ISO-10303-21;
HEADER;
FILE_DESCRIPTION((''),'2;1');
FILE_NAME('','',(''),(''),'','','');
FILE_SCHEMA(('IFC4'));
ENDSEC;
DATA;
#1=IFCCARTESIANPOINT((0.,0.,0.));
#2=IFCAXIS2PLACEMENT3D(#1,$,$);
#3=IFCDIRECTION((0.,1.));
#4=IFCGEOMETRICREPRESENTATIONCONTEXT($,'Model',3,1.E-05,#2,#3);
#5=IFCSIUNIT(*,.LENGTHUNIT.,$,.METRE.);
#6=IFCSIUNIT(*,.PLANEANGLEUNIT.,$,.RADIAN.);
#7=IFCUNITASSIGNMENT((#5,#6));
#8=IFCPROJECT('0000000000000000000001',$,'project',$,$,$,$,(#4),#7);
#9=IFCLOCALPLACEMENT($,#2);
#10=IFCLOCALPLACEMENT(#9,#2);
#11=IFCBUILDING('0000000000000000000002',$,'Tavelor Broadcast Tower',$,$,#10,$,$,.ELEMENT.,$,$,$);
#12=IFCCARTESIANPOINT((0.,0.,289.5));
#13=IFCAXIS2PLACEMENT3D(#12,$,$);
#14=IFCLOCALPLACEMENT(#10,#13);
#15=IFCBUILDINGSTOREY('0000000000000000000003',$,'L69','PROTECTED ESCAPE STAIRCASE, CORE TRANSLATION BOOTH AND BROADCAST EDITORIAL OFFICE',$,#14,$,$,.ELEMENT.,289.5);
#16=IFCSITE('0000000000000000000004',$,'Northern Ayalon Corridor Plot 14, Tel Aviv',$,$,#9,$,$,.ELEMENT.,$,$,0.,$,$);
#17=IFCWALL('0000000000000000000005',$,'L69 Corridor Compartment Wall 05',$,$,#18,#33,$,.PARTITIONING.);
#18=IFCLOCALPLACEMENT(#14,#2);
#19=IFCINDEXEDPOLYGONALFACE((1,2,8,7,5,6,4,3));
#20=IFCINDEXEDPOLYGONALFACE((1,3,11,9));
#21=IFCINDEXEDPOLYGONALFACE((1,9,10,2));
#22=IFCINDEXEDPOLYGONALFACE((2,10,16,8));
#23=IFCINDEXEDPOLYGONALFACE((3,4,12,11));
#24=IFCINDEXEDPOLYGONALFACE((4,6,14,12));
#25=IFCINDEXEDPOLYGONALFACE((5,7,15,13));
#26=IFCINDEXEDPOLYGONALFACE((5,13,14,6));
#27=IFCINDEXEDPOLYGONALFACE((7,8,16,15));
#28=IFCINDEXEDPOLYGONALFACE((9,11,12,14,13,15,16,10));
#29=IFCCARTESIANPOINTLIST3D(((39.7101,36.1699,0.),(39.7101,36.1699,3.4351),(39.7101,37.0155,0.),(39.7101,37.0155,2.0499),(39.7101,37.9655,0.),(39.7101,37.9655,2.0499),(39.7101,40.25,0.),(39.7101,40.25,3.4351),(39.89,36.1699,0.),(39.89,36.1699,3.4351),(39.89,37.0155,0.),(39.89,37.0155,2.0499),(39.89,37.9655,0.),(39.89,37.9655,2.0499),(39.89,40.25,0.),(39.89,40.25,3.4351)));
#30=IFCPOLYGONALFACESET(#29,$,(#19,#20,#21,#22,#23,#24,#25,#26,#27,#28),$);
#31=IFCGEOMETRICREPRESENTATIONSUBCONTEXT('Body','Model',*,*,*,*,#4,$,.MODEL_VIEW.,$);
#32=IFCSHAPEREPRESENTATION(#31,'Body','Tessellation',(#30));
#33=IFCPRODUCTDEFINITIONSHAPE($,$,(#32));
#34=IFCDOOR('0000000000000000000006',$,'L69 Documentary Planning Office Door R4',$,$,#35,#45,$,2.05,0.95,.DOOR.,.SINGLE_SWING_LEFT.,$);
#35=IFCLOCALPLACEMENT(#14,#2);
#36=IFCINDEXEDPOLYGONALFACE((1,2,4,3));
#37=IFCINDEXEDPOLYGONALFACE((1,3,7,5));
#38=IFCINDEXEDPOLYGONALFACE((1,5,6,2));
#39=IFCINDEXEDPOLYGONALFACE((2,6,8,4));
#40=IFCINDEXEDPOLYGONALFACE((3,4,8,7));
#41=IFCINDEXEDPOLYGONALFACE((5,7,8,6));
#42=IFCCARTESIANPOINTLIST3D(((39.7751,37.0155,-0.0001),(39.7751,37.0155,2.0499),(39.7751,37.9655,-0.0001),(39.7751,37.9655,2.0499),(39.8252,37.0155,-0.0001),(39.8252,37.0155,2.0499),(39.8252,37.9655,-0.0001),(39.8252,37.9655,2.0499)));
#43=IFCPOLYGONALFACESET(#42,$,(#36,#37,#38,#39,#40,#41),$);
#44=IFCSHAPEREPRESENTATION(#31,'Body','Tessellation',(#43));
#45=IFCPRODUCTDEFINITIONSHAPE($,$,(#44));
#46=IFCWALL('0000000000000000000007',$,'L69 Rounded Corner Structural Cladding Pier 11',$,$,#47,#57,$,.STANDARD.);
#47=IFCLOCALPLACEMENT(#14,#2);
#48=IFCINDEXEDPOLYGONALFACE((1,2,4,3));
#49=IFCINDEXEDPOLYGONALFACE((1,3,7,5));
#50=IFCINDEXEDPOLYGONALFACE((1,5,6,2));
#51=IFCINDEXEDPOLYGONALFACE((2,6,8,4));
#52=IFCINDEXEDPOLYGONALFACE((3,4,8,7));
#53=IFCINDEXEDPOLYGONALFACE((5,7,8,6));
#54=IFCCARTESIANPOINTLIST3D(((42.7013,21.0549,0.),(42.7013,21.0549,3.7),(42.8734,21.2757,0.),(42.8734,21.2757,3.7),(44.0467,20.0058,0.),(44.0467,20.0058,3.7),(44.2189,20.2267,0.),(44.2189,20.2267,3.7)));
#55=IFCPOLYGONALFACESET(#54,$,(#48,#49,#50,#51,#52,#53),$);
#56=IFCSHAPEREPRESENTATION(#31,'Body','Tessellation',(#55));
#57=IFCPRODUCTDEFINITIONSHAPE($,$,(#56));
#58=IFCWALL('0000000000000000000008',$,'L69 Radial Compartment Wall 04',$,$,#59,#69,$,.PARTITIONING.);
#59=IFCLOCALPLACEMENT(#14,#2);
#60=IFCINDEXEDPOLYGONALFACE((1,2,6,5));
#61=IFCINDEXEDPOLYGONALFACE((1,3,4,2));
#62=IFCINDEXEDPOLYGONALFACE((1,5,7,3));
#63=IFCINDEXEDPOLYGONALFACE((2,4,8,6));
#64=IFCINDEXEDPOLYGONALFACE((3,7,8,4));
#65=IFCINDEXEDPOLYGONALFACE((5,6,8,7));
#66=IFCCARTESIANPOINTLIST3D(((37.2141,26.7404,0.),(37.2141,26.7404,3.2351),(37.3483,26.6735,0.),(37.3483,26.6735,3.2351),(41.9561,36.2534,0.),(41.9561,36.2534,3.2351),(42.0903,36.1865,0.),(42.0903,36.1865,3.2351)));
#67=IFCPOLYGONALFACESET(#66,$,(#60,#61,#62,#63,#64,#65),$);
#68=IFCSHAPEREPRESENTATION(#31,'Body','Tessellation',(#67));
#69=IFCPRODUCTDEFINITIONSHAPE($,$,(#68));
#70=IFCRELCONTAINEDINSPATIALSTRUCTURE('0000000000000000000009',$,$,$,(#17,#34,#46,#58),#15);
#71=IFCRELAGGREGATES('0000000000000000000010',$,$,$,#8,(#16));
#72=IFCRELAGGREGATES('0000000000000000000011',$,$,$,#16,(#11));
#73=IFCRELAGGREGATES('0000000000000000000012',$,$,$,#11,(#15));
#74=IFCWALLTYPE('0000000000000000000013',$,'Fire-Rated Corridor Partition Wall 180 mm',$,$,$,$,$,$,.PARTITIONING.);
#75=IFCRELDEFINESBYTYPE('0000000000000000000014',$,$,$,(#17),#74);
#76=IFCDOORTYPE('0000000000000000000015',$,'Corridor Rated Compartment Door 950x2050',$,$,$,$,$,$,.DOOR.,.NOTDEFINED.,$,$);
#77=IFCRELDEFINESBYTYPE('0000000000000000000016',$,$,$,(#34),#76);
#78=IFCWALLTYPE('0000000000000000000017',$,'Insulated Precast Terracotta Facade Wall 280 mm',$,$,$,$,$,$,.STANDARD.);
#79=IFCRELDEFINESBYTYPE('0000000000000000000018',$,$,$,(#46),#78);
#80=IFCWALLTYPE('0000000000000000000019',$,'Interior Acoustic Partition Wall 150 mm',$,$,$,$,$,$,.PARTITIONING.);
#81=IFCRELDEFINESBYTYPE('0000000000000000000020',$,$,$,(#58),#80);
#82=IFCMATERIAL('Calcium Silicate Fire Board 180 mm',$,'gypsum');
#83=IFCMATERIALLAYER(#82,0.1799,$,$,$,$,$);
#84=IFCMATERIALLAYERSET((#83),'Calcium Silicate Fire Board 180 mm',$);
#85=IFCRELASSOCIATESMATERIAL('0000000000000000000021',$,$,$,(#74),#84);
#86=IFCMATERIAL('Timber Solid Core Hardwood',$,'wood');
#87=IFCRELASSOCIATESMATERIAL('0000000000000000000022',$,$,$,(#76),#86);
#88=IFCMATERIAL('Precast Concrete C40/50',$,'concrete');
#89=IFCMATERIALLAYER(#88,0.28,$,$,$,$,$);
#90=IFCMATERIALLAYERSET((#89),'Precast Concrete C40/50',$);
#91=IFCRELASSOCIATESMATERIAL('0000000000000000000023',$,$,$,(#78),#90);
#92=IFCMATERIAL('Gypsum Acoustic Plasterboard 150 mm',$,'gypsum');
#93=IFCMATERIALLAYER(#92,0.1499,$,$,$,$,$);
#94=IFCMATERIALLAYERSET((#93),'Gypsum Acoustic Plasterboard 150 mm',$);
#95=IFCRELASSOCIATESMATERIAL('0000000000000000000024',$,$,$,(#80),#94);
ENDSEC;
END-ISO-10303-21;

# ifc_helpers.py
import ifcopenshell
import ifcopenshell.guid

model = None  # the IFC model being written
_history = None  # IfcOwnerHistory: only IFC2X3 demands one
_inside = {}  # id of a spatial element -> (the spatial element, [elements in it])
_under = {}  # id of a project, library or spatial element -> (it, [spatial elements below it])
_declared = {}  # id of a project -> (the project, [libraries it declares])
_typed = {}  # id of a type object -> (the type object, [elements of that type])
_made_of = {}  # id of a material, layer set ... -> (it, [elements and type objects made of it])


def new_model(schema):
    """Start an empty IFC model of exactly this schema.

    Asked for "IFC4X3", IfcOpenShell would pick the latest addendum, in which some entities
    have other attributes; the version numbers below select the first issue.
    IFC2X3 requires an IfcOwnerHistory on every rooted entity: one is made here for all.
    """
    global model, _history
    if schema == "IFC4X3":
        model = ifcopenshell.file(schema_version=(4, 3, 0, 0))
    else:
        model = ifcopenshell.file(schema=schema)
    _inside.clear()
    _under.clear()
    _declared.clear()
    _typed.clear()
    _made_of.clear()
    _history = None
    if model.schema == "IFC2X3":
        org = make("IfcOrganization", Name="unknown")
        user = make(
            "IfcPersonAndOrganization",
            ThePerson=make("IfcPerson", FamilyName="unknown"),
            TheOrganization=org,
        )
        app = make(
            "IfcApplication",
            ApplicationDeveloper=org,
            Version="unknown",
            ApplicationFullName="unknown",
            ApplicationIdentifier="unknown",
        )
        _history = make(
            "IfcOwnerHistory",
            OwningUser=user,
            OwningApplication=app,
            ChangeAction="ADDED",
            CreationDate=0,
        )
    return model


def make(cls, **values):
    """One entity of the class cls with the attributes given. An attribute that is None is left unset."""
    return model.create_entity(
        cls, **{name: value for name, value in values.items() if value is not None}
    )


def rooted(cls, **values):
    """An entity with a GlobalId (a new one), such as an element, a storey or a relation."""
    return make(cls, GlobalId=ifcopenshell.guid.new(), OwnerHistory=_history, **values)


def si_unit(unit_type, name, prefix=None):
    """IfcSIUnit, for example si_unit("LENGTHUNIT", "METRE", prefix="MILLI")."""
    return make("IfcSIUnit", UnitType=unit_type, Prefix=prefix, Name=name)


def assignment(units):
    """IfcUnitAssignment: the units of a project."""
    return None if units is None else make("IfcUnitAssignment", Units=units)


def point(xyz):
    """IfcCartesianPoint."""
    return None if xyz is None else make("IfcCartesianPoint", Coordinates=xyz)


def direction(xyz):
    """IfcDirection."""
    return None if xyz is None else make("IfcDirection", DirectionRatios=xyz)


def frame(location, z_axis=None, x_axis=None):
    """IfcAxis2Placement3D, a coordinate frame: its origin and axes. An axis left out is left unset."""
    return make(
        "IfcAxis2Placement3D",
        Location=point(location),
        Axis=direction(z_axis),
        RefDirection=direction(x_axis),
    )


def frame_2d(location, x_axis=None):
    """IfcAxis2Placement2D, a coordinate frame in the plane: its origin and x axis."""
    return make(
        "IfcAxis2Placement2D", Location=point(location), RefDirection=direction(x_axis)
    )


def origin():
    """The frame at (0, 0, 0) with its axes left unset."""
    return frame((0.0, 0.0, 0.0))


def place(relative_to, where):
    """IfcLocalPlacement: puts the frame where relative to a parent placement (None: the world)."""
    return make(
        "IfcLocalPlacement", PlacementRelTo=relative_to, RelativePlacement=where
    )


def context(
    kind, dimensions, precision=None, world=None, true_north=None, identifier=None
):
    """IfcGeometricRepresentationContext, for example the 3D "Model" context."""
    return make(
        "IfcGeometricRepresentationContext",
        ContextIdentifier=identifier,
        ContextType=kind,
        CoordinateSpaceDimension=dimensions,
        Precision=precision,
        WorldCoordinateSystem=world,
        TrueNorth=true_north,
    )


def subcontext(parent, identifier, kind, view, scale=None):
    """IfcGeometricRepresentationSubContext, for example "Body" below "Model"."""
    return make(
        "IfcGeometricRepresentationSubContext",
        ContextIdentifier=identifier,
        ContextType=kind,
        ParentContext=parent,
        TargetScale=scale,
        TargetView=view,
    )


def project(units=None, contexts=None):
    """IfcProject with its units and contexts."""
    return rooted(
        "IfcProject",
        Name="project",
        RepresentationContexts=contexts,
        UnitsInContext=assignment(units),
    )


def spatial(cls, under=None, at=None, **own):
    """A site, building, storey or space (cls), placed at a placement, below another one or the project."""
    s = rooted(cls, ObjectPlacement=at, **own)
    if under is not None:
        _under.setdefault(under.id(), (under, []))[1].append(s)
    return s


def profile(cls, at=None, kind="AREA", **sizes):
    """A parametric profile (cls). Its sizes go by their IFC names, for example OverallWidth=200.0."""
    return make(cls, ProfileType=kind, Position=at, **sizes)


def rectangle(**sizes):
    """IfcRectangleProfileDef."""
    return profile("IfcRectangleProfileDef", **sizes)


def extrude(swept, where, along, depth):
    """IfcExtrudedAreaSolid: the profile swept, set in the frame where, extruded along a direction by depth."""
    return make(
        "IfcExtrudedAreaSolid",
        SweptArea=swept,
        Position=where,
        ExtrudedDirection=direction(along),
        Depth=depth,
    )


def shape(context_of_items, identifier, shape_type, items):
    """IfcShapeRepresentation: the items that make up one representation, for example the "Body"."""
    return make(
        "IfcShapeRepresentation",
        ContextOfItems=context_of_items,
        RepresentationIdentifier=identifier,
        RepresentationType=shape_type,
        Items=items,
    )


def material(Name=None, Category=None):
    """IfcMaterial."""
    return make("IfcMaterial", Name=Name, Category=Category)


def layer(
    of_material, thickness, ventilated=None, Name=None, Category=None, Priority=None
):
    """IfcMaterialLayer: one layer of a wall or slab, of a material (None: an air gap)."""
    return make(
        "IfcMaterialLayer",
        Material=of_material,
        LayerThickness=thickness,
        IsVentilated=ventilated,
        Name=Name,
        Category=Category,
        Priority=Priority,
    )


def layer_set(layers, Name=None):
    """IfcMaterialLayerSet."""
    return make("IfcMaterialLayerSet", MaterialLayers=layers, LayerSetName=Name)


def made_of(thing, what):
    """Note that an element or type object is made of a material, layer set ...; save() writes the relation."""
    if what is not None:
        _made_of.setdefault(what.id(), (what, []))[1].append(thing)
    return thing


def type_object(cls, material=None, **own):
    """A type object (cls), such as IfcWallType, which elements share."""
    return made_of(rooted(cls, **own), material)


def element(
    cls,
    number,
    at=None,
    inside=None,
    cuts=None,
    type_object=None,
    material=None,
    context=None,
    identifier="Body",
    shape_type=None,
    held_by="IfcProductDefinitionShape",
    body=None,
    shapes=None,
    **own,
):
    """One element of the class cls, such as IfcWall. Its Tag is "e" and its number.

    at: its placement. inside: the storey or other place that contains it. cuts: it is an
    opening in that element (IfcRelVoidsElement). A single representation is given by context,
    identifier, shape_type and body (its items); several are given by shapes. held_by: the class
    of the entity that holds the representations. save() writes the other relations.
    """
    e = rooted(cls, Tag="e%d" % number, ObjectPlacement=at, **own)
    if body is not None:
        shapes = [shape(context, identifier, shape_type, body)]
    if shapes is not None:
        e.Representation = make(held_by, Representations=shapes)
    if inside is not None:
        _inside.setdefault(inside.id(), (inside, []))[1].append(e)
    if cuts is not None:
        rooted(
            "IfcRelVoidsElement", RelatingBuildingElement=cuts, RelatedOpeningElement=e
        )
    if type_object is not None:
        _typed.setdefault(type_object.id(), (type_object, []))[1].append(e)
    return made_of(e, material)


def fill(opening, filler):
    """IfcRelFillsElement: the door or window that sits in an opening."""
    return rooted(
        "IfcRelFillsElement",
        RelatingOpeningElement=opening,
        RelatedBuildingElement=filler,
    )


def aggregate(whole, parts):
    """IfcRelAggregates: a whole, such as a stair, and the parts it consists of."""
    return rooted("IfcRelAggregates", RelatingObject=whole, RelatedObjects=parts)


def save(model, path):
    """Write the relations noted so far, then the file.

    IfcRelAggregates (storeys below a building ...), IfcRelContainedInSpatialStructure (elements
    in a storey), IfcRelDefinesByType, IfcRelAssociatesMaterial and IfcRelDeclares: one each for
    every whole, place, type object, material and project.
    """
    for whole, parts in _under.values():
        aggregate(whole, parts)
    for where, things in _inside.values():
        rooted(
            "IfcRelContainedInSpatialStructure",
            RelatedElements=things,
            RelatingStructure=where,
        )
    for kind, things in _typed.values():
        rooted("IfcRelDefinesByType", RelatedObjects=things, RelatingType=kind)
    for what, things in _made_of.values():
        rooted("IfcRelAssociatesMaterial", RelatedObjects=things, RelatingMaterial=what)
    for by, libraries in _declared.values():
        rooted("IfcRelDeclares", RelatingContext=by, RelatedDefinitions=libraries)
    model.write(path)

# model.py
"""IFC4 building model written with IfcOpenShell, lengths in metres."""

from ifc_helpers import new_model, si_unit, direction, frame, frame_2d, origin, place, context, subcontext, project, spatial, rectangle, extrude, material, layer, layer_set, type_object, element, fill, save


model = new_model("IFC4")

# Units and contexts
model_context = context("Model", 3, precision=1e-05, world=origin(), true_north=direction((0.0, 1.0)))
body_context = subcontext(model_context, "Body", "Model", "MODEL_VIEW")
ifc_project = project(units=[si_unit("LENGTHUNIT", "METRE"), si_unit("PLANEANGLEUNIT", "RADIAN")], contexts=[model_context])

# Site, building, storey
site_placement = place(None, origin())
site = spatial("IfcSite", under=ifc_project, at=site_placement, Name="Northern Ayalon Corridor Plot 14, Tel Aviv", CompositionType="ELEMENT", RefElevation=0.0)
building_placement = place(site_placement, origin())
building = spatial("IfcBuilding", under=site, at=building_placement, Name="Tavelor Broadcast Tower", CompositionType="ELEMENT")
storey_placement = place(building_placement, frame((0.0, 0.0, 289.5)))
storey = spatial("IfcBuildingStorey", under=building, at=storey_placement, Name="L69", Description="PROTECTED ESCAPE STAIRCASE, CORE TRANSLATION BOOTH AND BROADCAST EDITORIAL OFFICE", CompositionType="ELEMENT", Elevation=289.5)

# Wall, opening, door
ifc_material_1 = material(Name="Calcium Silicate Fire Board 180 mm", Category="gypsum")
ifc_layer_1 = layer(ifc_material_1, 0.1799)
ifc_layer_set_1 = layer_set([ifc_layer_1], Name="Calcium Silicate Fire Board 180 mm")
wall_type_1 = type_object("IfcWallType", Name="Fire-Rated Corridor Partition Wall 180 mm", PredefinedType="PARTITIONING", material=ifc_layer_set_1)
wall_1_placement = place(storey_placement, frame((39.8, 36.1699, 0.0), z_axis=(0.0, 0.0, 1.0), x_axis=(0.0, 1.0, 0.0)))
wall_1 = element("IfcWall", 1, at=wall_1_placement, inside=storey, type_object=wall_type_1, Name="L69 Corridor Compartment Wall 05", PredefinedType="PARTITIONING", context=body_context, shape_type="SweptSolid", body=[
    extrude(rectangle(XDim=4.0801, YDim=0.1799, at=frame_2d((2.04, 0.0))), origin(), (0.0, 0.0, 1.0), 3.4351),
])
opening_placement = place(wall_1_placement, frame((0.8455, 0.0, 0.0)))
opening = element("IfcOpeningElement", 2, at=opening_placement, cuts=wall_1, PredefinedType="OPENING", context=body_context, shape_type="SweptSolid", body=[
    extrude(rectangle(XDim=0.95, YDim=2.05, at=frame_2d((0.4751, 1.0249))), frame((0.0, 0.1001, 0.0), z_axis=(0.0, -1.0, 0.0), x_axis=(1.0, 0.0, 0.0)), (0.0, 0.0, 1.0), 0.2),
])
ifc_material_2 = material(Name="Timber Solid Core Hardwood", Category="wood")
door_type = type_object("IfcDoorType", Name="Corridor Rated Compartment Door 950x2050", OperationType="NOTDEFINED", PredefinedType="DOOR", material=ifc_material_2)
door_placement = place(opening_placement, origin())
door = element("IfcDoor", 3, at=door_placement, inside=storey, type_object=door_type, Name="L69 Documentary Planning Office Door R4", OperationType="SINGLE_SWING_LEFT", OverallHeight=2.05, OverallWidth=0.95, PredefinedType="DOOR", context=body_context, shape_type="SweptSolid", body=[
    extrude(rectangle(XDim=0.95, YDim=2.05, at=frame_2d((0.4751, 1.0249))), frame((0.0, 0.0249, 0.0), z_axis=(0.0, -1.0, 0.0), x_axis=(1.0, 0.0, 0.0)), (0.0, 0.0, 1.0), 0.05),
])
fill(opening, door)

# Walls
ifc_material_3 = material(Name="Precast Concrete C40/50", Category="concrete")
ifc_layer_2 = layer(ifc_material_3, 0.28)
ifc_layer_set_2 = layer_set([ifc_layer_2], Name="Precast Concrete C40/50")
wall_type_2 = type_object("IfcWallType", Name="Insulated Precast Terracotta Facade Wall 280 mm", PredefinedType="STANDARD", material=ifc_layer_set_2)
wall_2_placement = place(storey_placement, frame((42.7874, 21.1653, 0.0), z_axis=(0.0, 0.0, 1.0), x_axis=(0.788612, -0.614891, 0.0)))
element("IfcWall", 4, at=wall_2_placement, inside=storey, type_object=wall_type_2, Name="L69 Rounded Corner Structural Cladding Pier 11", PredefinedType="STANDARD", context=body_context, shape_type="SweptSolid", body=[
    extrude(rectangle(XDim=1.7061, YDim=0.28, at=frame_2d((0.853, 0.0))), origin(), (0.0, 0.0, 1.0), 3.7),
])
ifc_material_4 = material(Name="Gypsum Acoustic Plasterboard 150 mm", Category="gypsum")
ifc_layer_3 = layer(ifc_material_4, 0.1499)
ifc_layer_set_3 = layer_set([ifc_layer_3], Name="Gypsum Acoustic Plasterboard 150 mm")
wall_type_3 = type_object("IfcWallType", Name="Interior Acoustic Partition Wall 150 mm", PredefinedType="PARTITIONING", material=ifc_layer_set_3)
wall_3_placement = place(storey_placement, frame((42.0232, 36.22, 0.0), z_axis=(0.0, 0.0, 1.0), x_axis=(-0.44612, -0.894973, 0.0)))
element("IfcWall", 5, at=wall_3_placement, inside=storey, type_object=wall_type_3, Name="L69 Radial Compartment Wall 04", PredefinedType="PARTITIONING", context=body_context, shape_type="SweptSolid", body=[
    extrude(rectangle(XDim=10.6294, YDim=0.1499, at=frame_2d((5.3147, 0.0))), origin(), (0.0, 0.0, 1.0), 3.2351),
])

save(model, "model.ifc")
